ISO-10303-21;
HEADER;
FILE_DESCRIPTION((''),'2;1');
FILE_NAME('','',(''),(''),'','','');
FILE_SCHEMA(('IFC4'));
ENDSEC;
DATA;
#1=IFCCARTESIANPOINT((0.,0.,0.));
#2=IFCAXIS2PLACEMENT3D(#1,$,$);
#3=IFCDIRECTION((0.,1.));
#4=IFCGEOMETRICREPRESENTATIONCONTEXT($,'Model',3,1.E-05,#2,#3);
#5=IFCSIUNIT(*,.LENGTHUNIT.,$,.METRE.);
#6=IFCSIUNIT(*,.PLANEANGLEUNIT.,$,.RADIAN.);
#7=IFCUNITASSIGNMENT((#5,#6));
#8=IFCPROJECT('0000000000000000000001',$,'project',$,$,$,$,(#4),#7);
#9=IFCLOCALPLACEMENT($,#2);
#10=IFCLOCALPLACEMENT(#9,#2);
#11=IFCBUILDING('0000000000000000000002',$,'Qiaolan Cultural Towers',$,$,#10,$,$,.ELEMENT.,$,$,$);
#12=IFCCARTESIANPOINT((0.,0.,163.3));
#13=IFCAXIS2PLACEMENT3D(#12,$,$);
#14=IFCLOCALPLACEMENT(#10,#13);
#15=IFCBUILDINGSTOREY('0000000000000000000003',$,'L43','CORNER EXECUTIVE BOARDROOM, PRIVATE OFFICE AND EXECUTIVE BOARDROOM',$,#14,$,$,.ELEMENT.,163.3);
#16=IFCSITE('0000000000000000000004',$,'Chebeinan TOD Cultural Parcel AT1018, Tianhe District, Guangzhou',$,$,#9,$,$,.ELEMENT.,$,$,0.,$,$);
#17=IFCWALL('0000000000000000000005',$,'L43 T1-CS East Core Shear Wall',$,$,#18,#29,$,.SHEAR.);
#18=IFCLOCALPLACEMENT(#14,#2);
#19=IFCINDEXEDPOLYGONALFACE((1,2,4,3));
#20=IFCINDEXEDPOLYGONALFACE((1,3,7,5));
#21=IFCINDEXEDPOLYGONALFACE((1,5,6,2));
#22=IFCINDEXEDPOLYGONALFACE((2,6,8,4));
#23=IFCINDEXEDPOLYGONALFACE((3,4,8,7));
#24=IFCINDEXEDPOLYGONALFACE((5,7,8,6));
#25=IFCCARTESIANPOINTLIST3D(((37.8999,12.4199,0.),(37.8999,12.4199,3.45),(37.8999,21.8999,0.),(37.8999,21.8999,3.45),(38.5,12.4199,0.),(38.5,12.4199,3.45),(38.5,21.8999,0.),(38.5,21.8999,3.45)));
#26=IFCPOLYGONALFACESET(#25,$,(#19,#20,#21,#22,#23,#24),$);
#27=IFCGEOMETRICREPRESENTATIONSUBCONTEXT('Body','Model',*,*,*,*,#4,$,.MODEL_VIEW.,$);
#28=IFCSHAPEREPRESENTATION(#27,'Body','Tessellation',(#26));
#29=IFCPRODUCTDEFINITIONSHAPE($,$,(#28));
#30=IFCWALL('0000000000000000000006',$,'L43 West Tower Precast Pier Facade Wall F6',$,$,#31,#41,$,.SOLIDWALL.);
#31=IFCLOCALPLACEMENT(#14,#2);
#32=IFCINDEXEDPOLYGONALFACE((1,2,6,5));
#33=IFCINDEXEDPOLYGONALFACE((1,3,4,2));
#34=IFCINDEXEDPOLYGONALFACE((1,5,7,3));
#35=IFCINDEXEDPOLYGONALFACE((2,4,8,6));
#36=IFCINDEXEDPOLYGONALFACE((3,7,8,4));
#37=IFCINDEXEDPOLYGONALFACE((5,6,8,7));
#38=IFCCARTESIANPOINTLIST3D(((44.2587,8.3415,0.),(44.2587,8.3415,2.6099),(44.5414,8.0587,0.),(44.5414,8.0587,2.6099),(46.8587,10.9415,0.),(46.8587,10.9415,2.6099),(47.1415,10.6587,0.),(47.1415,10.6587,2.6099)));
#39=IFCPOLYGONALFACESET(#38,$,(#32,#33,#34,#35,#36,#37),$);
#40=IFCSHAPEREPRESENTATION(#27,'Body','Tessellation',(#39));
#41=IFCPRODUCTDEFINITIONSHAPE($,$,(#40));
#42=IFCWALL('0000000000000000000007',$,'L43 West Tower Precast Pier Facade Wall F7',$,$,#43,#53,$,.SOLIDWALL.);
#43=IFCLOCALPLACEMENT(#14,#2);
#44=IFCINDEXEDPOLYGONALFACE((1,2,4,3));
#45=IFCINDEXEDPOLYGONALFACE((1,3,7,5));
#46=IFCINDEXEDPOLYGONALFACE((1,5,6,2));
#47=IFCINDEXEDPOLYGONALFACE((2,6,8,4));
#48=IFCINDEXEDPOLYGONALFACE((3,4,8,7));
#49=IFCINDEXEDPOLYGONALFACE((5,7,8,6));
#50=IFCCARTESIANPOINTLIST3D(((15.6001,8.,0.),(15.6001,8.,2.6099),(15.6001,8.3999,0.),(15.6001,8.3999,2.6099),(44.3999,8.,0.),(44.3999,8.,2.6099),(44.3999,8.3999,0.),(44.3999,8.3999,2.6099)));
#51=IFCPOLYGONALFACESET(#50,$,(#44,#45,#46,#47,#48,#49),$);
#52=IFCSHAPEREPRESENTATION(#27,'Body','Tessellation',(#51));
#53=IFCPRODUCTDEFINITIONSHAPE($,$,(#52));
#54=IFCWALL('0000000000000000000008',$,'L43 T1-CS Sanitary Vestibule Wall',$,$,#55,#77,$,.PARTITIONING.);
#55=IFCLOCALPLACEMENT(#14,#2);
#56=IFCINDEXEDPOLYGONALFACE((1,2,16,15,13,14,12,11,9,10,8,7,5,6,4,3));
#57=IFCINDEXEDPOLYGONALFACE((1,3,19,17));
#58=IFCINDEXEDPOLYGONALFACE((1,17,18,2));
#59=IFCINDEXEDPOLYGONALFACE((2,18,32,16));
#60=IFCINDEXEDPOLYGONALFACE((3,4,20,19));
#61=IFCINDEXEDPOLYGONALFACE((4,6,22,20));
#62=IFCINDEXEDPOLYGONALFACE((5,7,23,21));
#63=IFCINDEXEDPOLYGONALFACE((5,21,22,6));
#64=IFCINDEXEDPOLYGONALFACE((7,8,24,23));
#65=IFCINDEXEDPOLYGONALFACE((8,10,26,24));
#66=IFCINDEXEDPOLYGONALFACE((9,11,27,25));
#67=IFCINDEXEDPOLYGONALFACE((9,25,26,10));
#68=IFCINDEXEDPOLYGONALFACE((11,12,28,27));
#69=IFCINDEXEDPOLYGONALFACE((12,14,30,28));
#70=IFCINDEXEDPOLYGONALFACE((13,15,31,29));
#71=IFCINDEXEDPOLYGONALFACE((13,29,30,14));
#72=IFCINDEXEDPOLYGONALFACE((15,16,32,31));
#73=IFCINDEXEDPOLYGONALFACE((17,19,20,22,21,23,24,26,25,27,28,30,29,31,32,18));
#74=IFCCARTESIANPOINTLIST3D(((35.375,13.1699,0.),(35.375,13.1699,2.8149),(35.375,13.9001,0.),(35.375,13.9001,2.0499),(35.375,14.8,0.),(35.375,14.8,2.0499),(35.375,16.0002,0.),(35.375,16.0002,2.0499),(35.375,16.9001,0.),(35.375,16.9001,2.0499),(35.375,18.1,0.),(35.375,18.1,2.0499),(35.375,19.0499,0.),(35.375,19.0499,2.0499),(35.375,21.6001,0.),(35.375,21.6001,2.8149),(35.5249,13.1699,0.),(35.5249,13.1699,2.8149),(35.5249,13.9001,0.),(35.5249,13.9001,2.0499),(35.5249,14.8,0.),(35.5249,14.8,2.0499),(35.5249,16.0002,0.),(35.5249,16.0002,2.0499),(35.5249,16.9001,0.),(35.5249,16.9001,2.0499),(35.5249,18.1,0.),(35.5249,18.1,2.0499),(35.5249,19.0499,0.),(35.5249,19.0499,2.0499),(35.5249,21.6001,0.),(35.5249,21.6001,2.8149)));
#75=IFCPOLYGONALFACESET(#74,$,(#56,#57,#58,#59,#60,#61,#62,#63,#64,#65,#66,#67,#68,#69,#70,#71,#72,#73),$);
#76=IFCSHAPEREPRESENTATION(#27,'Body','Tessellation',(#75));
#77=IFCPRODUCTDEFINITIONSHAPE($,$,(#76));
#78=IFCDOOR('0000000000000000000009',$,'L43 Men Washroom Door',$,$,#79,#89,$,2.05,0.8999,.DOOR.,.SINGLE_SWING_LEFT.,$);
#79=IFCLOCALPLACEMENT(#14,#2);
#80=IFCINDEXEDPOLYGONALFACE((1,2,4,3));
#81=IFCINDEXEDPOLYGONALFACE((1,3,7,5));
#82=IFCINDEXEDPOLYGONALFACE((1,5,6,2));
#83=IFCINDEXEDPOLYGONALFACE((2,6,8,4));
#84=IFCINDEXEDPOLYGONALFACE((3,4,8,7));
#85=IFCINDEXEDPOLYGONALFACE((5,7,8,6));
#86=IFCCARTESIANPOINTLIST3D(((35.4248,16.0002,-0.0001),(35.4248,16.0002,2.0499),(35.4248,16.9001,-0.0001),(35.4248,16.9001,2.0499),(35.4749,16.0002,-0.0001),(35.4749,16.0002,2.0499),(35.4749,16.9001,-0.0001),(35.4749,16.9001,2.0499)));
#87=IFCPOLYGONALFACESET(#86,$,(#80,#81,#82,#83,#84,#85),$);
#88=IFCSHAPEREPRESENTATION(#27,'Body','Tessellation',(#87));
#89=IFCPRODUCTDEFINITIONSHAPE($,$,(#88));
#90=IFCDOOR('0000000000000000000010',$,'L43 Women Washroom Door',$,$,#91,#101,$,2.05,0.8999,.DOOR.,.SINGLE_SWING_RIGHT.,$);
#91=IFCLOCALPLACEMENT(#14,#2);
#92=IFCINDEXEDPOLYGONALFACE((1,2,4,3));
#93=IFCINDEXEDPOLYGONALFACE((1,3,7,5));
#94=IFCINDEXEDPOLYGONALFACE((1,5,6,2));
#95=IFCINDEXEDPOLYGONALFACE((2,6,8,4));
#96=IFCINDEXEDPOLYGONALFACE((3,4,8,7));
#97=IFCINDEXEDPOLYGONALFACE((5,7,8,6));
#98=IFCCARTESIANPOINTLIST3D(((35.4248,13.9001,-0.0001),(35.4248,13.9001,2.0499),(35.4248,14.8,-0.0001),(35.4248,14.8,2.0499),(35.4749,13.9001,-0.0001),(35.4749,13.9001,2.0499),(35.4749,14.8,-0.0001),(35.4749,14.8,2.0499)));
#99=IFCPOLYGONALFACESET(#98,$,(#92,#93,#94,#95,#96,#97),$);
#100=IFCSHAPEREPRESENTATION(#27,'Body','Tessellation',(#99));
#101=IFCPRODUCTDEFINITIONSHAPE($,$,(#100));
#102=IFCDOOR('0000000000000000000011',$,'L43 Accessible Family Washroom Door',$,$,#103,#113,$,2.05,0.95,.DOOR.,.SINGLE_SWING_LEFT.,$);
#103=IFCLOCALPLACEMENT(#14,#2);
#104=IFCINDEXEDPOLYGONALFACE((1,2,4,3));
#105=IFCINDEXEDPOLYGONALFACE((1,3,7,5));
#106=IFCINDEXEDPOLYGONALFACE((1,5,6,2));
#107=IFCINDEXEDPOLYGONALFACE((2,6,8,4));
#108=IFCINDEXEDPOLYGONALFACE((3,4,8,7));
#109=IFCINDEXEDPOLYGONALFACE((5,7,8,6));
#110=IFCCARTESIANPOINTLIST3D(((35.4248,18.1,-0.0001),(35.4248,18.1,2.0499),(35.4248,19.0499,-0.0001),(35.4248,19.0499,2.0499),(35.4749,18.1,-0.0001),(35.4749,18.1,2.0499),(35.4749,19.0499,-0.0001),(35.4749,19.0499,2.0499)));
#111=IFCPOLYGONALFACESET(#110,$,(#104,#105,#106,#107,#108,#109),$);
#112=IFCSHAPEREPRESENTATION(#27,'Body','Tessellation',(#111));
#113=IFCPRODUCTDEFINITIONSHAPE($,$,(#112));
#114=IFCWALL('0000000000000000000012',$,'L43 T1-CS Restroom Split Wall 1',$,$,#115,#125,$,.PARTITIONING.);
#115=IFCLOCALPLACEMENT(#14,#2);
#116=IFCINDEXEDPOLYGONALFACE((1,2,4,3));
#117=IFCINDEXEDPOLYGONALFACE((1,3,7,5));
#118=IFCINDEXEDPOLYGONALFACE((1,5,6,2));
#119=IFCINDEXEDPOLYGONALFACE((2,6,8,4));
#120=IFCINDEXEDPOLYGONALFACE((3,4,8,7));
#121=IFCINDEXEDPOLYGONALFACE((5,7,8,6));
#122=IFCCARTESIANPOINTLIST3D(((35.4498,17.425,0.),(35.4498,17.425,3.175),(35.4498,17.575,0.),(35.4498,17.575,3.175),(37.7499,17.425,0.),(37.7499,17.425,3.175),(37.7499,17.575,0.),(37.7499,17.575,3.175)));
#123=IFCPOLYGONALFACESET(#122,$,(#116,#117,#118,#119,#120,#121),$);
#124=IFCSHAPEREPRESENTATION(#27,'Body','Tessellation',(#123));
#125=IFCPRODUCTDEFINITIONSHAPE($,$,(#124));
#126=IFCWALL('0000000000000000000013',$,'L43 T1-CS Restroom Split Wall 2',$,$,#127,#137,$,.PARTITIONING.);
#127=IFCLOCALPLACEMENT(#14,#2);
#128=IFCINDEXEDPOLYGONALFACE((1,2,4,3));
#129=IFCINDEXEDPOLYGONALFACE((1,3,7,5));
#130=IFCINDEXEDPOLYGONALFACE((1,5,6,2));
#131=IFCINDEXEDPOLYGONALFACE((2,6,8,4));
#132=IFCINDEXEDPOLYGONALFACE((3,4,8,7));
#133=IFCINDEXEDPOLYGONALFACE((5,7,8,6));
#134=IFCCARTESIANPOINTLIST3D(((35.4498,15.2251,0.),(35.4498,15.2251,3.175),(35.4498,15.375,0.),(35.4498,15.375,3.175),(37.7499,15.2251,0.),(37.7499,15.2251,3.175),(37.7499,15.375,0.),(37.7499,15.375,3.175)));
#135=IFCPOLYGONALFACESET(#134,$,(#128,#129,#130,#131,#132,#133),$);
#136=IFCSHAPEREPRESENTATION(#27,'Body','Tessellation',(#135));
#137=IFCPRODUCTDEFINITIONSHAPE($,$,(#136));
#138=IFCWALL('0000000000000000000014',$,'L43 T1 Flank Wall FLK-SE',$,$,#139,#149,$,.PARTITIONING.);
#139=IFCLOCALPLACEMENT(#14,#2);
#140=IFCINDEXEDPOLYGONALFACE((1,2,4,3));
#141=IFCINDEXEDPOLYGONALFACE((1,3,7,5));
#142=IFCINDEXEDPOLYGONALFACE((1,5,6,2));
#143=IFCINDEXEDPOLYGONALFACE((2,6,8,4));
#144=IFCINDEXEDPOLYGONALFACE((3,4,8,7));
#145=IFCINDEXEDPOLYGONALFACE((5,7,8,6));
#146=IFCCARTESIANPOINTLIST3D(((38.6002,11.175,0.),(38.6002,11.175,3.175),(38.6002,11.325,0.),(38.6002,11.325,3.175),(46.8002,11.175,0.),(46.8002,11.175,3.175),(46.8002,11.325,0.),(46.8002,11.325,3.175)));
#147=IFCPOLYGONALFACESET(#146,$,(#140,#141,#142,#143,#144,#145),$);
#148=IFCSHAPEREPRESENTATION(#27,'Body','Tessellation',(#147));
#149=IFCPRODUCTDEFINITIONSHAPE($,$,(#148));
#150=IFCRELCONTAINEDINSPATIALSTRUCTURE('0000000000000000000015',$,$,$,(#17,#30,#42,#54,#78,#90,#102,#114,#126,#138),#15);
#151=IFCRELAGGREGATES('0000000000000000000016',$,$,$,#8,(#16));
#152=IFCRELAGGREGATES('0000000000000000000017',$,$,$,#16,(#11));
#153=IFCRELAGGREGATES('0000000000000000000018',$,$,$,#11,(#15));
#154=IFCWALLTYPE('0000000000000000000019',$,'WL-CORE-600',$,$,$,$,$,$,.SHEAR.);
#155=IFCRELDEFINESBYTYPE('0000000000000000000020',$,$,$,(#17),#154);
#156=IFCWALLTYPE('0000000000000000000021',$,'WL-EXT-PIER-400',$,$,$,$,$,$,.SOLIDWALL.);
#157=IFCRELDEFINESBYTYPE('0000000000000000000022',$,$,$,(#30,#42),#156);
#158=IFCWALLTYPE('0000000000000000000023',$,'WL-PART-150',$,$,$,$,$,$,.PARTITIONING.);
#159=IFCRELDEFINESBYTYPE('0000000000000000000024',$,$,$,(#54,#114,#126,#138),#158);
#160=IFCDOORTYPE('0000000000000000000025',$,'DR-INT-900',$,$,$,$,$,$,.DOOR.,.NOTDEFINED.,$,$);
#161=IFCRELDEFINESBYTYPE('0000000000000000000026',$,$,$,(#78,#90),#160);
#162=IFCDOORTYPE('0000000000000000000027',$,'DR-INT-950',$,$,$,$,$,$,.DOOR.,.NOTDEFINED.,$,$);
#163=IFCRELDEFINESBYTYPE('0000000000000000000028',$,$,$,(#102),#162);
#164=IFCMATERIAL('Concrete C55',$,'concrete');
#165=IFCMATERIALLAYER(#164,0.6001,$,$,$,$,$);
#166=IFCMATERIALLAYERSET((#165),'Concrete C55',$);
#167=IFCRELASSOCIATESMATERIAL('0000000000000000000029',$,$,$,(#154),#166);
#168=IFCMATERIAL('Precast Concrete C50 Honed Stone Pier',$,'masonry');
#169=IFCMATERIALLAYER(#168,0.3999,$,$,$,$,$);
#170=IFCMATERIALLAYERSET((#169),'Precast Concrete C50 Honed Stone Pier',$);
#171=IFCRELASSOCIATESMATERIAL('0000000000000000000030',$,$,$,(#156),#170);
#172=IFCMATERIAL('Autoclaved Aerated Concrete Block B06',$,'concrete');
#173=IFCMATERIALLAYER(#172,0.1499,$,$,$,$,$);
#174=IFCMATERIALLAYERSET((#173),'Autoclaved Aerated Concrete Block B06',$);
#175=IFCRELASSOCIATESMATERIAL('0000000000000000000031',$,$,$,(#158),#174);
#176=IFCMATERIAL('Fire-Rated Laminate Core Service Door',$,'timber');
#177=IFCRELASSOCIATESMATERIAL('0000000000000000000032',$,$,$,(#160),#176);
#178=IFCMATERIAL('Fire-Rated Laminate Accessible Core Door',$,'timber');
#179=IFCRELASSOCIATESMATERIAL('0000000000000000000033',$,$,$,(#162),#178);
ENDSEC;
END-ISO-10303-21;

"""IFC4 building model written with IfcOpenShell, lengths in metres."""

from ifc_helpers import new_model, si_unit, direction, frame, frame_2d, origin, place, context, subcontext, project, spatial, rectangle, extrude, material, layer, layer_set, type_object, element, fill, save


model = new_model("IFC4")

# Units and contexts
model_context = context("Model", 3, precision=1e-05, world=origin(), true_north=direction((0.0, 1.0)))
body_context = subcontext(model_context, "Body", "Model", "MODEL_VIEW")
ifc_project = project(units=[si_unit("LENGTHUNIT", "METRE"), si_unit("PLANEANGLEUNIT", "RADIAN")], contexts=[model_context])

# Site, building, storey
site_placement = place(None, origin())
site = spatial("IfcSite", under=ifc_project, at=site_placement, Name="Chebeinan TOD Cultural Parcel AT1018, Tianhe District, Guangzhou", CompositionType="ELEMENT", RefElevation=0.0)
building_placement = place(site_placement, origin())
building = spatial("IfcBuilding", under=site, at=building_placement, Name="Qiaolan Cultural Towers", CompositionType="ELEMENT")
storey_placement = place(building_placement, frame((0.0, 0.0, 163.3)))
storey = spatial("IfcBuildingStorey", under=building, at=storey_placement, Name="L43", Description="CORNER EXECUTIVE BOARDROOM, PRIVATE OFFICE AND EXECUTIVE BOARDROOM", CompositionType="ELEMENT", Elevation=163.3)

# Walls
ifc_material_1 = material(Name="Concrete C55", Category="concrete")
ifc_layer_1 = layer(ifc_material_1, 0.6001)
ifc_layer_set_1 = layer_set([ifc_layer_1], Name="Concrete C55")
wall_type_1 = type_object("IfcWallType", Name="WL-CORE-600", PredefinedType="SHEAR", material=ifc_layer_set_1)
wall_1_placement = place(storey_placement, frame((38.2, 21.8999, 0.0), z_axis=(0.0, 0.0, 1.0), x_axis=(0.0, -1.0, 0.0)))
element("IfcWall", 1, at=wall_1_placement, inside=storey, type_object=wall_type_1, Name="L43 T1-CS East Core Shear Wall", PredefinedType="SHEAR", context=body_context, shape_type="SweptSolid", body=[
    extrude(rectangle(XDim=9.48, YDim=0.6001, at=frame_2d((4.74, 0.0))), origin(), (0.0, 0.0, 1.0), 3.45),
])
ifc_material_2 = material(Name="Precast Concrete C50 Honed Stone Pier", Category="masonry")
ifc_layer_2 = layer(ifc_material_2, 0.3999)
ifc_layer_set_2 = layer_set([ifc_layer_2], Name="Precast Concrete C50 Honed Stone Pier")
wall_type_2 = type_object("IfcWallType", Name="WL-EXT-PIER-400", PredefinedType="SOLIDWALL", material=ifc_layer_set_2)
wall_2_placement = place(storey_placement, frame((47.0, 10.8, 0.0), z_axis=(0.0, 0.0, 1.0), x_axis=(-0.707107, -0.707107, 0.0)))
element("IfcWall", 2, at=wall_2_placement, inside=storey, type_object=wall_type_2, Name="L43 West Tower Precast Pier Facade Wall F6", PredefinedType="SOLIDWALL", context=body_context, shape_type="SweptSolid", body=[
    extrude(rectangle(XDim=3.677, YDim=0.3999, at=frame_2d((1.8384, 0.0))), origin(), (0.0, 0.0, 1.0), 2.6099),
])
wall_3_placement = place(storey_placement, frame((44.3999, 8.2, 0.0), z_axis=(0.0, 0.0, 1.0), x_axis=(-1.0, 0.0, 0.0)))
element("IfcWall", 3, at=wall_3_placement, inside=storey, type_object=wall_type_2, Name="L43 West Tower Precast Pier Facade Wall F7", PredefinedType="SOLIDWALL", context=body_context, shape_type="SweptSolid", body=[
    extrude(rectangle(XDim=28.7998, YDim=0.3999, at=frame_2d((14.3999, 0.0))), origin(), (0.0, 0.0, 1.0), 2.6099),
])

# Wall, openings, doors
ifc_material_3 = material(Name="Autoclaved Aerated Concrete Block B06", Category="concrete")
ifc_layer_3 = layer(ifc_material_3, 0.1499)
ifc_layer_set_3 = layer_set([ifc_layer_3], Name="Autoclaved Aerated Concrete Block B06")
wall_type_3 = type_object("IfcWallType", Name="WL-PART-150", PredefinedType="PARTITIONING", material=ifc_layer_set_3)
wall_4_placement = place(storey_placement, frame((35.45, 21.6001, 0.0), z_axis=(0.0, 0.0, 1.0), x_axis=(0.0, -1.0, 0.0)))
wall_4 = element("IfcWall", 4, at=wall_4_placement, inside=storey, type_object=wall_type_3, Name="L43 T1-CS Sanitary Vestibule Wall", PredefinedType="PARTITIONING", context=body_context, shape_type="SweptSolid", body=[
    extrude(rectangle(XDim=8.4302, YDim=0.1499, at=frame_2d((4.2151, 0.0))), origin(), (0.0, 0.0, 1.0), 2.8149),
])
opening_1_placement = place(wall_4_placement, frame((2.55, 0.0, 0.0)))
opening_1 = element("IfcOpeningElement", 5, at=opening_1_placement, cuts=wall_4, PredefinedType="OPENING", context=body_context, shape_type="SweptSolid", body=[
    extrude(rectangle(XDim=0.95, YDim=2.05, at=frame_2d((0.4751, 1.0249))), frame((0.0, 0.085, 0.0), z_axis=(0.0, -1.0, 0.0), x_axis=(1.0, 0.0, 0.0)), (0.0, 0.0, 1.0), 0.1699),
])
opening_2_placement = place(wall_4_placement, frame((4.7, 0.0, 0.0)))
opening_2 = element("IfcOpeningElement", 6, at=opening_2_placement, cuts=wall_4, PredefinedType="OPENING", context=body_context, shape_type="SweptSolid", body=[
    extrude(rectangle(XDim=0.8999, YDim=2.05, at=frame_2d((0.45, 1.0249))), frame((0.0, 0.085, 0.0), z_axis=(0.0, -1.0, 0.0), x_axis=(1.0, 0.0, 0.0)), (0.0, 0.0, 1.0), 0.1699),
])
opening_3_placement = place(wall_4_placement, frame((6.8, 0.0, 0.0)))
opening_3 = element("IfcOpeningElement", 7, at=opening_3_placement, cuts=wall_4, PredefinedType="OPENING", context=body_context, shape_type="SweptSolid", body=[
    extrude(rectangle(XDim=0.8999, YDim=2.05, at=frame_2d((0.45, 1.0249))), frame((0.0, 0.085, 0.0), z_axis=(0.0, -1.0, 0.0), x_axis=(1.0, 0.0, 0.0)), (0.0, 0.0, 1.0), 0.1699),
])
ifc_material_4 = material(Name="Fire-Rated Laminate Core Service Door", Category="timber")
door_type_1 = type_object("IfcDoorType", Name="DR-INT-900", OperationType="NOTDEFINED", PredefinedType="DOOR", material=ifc_material_4)
door_1_placement = place(opening_2_placement, origin())
door_1 = element("IfcDoor", 8, at=door_1_placement, inside=storey, type_object=door_type_1, Name="L43 Men Washroom Door", OperationType="SINGLE_SWING_LEFT", OverallHeight=2.05, OverallWidth=0.8999, PredefinedType="DOOR", context=body_context, shape_type="SweptSolid", body=[
    extrude(rectangle(XDim=0.8999, YDim=2.05, at=frame_2d((0.45, 1.0249))), frame((0.0, 0.0249, 0.0), z_axis=(0.0, -1.0, 0.0), x_axis=(1.0, 0.0, 0.0)), (0.0, 0.0, 1.0), 0.05),
])
fill(opening_2, door_1)
door_2_placement = place(opening_3_placement, origin())
door_2 = element("IfcDoor", 9, at=door_2_placement, inside=storey, type_object=door_type_1, Name="L43 Women Washroom Door", OperationType="SINGLE_SWING_RIGHT", OverallHeight=2.05, OverallWidth=0.8999, PredefinedType="DOOR", context=body_context, shape_type="SweptSolid", body=[
    extrude(rectangle(XDim=0.8999, YDim=2.05, at=frame_2d((0.45, 1.0249))), frame((0.0, 0.0249, 0.0), z_axis=(0.0, -1.0, 0.0), x_axis=(1.0, 0.0, 0.0)), (0.0, 0.0, 1.0), 0.05),
])
fill(opening_3, door_2)
ifc_material_5 = material(Name="Fire-Rated Laminate Accessible Core Door", Category="timber")
door_type_2 = type_object("IfcDoorType", Name="DR-INT-950", OperationType="NOTDEFINED", PredefinedType="DOOR", material=ifc_material_5)
door_3_placement = place(opening_1_placement, origin())
door_3 = element("IfcDoor", 10, at=door_3_placement, inside=storey, type_object=door_type_2, Name="L43 Accessible Family Washroom Door", OperationType="SINGLE_SWING_LEFT", OverallHeight=2.05, OverallWidth=0.95, PredefinedType="DOOR", context=body_context, shape_type="SweptSolid", body=[
    extrude(rectangle(XDim=0.95, YDim=2.05, at=frame_2d((0.4751, 1.0249))), frame((0.0, 0.0249, 0.0), z_axis=(0.0, -1.0, 0.0), x_axis=(1.0, 0.0, 0.0)), (0.0, 0.0, 1.0), 0.05),
])
fill(opening_1, door_3)

# Walls
for number, where, z_axis, x_axis, name in (
    (11, (35.45, 17.5, 0.0), (0.0, 0.0, 1.0), (1.0, 0.0, 0.0), "L43 T1-CS Restroom Split Wall 1"),
    (12, (35.45, 15.3, 0.0), (0.0, 0.0, 1.0), (1.0, 0.0, 0.0), "L43 T1-CS Restroom Split Wall 2"),
):
    element("IfcWall", number, at=place(storey_placement, frame(where, z_axis=z_axis, x_axis=x_axis)), inside=storey, type_object=wall_type_3, Name=name, PredefinedType="PARTITIONING", context=body_context, shape_type="SweptSolid", body=[
        extrude(rectangle(XDim=2.3, YDim=0.1499, at=frame_2d((1.1499, 0.0))), origin(), (0.0, 0.0, 1.0), 3.175),
    ])
wall_5_placement = place(storey_placement, frame((38.6001, 11.25, 0.0), z_axis=(0.0, 0.0, 1.0), x_axis=(1.0, 0.0, 0.0)))
element("IfcWall", 13, at=wall_5_placement, inside=storey, type_object=wall_type_3, Name="L43 T1 Flank Wall FLK-SE", PredefinedType="PARTITIONING", context=body_context, shape_type="SweptSolid", body=[
    extrude(rectangle(XDim=8.2, YDim=0.1499, at=frame_2d((4.1001, 0.0))), origin(), (0.0, 0.0, 1.0), 3.175),
])

save(model, "model.ifc")
